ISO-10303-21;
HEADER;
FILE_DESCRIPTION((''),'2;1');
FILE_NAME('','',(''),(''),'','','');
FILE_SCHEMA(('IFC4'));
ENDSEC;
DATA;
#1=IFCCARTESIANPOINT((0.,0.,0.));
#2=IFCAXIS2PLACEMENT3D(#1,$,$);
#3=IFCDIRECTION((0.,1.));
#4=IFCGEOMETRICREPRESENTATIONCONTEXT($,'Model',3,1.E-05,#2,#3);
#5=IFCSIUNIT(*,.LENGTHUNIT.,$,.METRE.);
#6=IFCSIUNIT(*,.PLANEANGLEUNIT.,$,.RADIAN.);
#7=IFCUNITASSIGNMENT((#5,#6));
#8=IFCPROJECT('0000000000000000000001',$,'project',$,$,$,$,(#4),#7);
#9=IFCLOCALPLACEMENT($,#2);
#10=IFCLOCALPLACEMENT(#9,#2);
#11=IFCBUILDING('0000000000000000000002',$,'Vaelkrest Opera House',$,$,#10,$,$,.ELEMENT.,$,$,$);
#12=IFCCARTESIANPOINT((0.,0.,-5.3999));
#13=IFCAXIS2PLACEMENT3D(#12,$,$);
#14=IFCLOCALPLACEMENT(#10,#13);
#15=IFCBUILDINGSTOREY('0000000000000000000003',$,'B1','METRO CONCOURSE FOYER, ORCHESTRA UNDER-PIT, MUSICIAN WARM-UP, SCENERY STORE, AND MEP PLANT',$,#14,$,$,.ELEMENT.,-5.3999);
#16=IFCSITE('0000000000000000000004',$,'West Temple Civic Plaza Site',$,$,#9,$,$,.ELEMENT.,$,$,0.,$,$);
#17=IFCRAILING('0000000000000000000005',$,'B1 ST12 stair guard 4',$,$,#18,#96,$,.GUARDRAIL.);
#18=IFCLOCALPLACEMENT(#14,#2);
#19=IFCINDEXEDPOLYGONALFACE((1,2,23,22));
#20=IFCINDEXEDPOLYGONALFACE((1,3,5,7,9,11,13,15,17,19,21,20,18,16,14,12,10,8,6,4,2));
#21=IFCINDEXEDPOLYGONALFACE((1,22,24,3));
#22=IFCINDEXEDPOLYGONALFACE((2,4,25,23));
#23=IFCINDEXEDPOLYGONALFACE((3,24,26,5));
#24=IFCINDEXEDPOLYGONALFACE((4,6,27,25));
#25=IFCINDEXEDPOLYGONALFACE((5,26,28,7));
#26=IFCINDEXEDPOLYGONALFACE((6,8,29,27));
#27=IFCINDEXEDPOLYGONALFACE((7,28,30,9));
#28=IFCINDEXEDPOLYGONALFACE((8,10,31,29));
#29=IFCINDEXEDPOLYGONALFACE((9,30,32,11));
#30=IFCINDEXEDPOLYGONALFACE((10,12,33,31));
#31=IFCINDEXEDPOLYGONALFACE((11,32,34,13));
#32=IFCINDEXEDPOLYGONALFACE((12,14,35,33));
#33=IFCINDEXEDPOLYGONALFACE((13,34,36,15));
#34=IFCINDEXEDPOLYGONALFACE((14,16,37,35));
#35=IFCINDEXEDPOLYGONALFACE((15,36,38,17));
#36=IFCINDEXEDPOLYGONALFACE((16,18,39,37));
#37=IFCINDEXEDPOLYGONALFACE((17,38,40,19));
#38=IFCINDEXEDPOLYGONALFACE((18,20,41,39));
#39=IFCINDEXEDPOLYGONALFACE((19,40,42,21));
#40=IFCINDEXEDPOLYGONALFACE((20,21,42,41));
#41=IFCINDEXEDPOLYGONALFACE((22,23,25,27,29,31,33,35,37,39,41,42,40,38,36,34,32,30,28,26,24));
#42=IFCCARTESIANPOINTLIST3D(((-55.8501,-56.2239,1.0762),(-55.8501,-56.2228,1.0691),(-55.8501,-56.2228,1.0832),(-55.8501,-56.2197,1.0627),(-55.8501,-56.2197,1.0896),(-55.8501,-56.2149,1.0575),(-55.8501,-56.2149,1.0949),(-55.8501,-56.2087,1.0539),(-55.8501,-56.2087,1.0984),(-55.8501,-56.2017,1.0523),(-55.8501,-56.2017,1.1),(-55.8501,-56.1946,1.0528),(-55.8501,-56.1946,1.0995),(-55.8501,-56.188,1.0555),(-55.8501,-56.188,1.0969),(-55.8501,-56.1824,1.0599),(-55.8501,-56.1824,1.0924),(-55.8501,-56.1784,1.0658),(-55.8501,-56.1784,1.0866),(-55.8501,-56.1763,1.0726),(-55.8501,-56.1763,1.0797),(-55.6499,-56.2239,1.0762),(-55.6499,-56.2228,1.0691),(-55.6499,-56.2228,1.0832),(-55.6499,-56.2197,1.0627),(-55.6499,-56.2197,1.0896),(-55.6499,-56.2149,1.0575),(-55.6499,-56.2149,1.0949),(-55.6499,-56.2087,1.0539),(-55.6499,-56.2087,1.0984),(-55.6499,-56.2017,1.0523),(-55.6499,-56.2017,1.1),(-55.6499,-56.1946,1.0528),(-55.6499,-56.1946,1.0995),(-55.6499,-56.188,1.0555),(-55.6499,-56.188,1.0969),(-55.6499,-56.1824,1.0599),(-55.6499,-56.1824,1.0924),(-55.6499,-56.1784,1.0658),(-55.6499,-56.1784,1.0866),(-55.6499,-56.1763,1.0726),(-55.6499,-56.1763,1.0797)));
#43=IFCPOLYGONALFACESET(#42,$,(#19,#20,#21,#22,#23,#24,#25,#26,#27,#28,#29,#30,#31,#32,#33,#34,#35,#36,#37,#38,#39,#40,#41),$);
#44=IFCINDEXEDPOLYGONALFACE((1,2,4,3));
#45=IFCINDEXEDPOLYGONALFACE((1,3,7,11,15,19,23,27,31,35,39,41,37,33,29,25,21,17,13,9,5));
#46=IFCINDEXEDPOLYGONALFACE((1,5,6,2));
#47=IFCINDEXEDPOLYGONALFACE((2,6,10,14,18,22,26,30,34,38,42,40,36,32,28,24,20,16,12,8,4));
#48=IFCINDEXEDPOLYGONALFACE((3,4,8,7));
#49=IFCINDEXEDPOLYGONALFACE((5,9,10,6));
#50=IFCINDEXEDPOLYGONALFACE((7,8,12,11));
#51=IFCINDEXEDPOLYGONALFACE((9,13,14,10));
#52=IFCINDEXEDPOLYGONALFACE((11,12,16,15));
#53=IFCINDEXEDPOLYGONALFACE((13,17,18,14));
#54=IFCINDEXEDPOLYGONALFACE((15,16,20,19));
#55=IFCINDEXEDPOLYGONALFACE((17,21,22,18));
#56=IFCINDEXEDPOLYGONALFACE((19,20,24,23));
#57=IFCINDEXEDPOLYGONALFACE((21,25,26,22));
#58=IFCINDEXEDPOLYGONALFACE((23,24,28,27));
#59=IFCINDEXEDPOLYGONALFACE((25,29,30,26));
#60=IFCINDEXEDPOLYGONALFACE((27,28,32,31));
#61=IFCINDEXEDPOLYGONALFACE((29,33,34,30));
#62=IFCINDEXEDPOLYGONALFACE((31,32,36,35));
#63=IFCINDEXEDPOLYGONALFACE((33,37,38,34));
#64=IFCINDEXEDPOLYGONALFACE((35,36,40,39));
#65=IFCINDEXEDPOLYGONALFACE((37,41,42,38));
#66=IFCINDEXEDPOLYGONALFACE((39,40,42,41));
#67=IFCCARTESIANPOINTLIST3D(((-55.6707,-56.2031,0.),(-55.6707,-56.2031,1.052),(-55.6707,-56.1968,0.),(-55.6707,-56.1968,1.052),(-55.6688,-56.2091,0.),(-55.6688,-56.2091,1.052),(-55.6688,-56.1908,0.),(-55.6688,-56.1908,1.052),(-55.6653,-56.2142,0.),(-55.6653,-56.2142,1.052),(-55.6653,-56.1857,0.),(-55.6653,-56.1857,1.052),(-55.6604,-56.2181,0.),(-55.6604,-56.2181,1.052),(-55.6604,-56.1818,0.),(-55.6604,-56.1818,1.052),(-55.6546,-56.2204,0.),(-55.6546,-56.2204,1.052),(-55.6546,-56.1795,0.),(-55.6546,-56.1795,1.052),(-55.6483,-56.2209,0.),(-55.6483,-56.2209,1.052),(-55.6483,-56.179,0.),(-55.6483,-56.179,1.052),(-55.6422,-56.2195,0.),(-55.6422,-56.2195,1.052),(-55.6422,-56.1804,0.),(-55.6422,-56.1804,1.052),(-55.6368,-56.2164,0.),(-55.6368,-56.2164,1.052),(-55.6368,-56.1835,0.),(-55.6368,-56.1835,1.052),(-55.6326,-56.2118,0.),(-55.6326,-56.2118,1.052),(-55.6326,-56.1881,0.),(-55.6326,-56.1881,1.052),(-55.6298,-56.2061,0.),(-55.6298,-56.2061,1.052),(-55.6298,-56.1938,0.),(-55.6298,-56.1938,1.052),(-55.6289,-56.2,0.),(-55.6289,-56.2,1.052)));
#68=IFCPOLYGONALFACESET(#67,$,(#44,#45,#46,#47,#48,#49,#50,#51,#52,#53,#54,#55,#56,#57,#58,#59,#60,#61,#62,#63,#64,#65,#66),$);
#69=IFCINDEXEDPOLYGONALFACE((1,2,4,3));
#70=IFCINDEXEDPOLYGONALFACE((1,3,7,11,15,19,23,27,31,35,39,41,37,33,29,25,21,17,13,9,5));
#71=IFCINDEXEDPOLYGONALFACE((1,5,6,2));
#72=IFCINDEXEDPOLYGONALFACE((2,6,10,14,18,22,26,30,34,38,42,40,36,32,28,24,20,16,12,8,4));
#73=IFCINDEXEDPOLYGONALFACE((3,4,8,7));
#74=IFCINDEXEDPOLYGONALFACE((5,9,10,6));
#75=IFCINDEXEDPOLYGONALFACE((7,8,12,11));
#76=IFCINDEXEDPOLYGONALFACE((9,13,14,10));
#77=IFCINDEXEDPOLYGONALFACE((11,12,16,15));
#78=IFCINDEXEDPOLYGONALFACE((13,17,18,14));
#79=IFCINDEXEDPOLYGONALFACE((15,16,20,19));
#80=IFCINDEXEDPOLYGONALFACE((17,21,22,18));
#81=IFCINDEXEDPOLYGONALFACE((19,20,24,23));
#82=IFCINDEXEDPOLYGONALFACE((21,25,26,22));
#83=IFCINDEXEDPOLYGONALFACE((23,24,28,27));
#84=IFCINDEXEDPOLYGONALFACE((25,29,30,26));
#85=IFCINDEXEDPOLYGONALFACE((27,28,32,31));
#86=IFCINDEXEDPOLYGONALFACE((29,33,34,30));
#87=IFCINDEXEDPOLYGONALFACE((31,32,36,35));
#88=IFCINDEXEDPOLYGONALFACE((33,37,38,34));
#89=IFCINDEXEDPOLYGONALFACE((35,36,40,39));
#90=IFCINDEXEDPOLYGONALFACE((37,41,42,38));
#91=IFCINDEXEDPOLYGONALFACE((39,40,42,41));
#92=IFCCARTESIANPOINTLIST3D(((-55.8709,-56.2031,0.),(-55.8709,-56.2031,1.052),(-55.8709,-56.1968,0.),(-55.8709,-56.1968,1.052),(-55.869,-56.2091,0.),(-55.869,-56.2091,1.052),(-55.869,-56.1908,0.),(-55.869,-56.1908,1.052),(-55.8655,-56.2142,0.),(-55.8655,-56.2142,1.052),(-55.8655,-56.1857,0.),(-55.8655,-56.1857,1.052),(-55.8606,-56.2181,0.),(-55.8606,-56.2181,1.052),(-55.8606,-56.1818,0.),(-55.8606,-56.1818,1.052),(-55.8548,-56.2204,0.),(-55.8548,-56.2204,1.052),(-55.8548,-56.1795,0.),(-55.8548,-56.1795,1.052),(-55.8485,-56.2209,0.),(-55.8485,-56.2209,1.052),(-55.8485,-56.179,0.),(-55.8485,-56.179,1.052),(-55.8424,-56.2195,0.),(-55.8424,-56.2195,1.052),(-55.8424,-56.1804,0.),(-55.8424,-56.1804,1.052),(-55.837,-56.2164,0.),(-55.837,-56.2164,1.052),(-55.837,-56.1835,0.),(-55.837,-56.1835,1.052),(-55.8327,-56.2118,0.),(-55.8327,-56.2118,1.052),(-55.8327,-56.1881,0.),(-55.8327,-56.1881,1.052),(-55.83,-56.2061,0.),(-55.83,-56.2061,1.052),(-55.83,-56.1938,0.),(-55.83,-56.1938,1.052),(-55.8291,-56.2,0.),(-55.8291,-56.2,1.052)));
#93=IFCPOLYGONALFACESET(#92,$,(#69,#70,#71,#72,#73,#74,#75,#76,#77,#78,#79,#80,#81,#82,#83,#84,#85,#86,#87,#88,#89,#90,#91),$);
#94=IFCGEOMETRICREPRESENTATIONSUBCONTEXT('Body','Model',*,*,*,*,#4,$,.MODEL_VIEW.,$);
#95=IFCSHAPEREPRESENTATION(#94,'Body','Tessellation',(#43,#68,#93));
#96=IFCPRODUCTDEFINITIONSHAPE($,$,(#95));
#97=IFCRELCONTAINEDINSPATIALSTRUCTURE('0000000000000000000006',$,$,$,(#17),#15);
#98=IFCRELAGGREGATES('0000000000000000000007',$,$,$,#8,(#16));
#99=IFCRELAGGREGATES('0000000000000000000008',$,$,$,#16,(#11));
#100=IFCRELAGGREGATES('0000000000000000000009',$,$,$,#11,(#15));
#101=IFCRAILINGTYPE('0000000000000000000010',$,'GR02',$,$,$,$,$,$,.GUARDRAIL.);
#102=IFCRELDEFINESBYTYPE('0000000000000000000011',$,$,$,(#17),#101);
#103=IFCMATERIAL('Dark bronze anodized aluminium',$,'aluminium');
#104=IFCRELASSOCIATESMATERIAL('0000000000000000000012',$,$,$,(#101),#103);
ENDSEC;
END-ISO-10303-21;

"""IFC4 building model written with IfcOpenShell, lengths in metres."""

from ifc_helpers import new_model, si_unit, direction, frame, origin, origin_2d, place, context, subcontext, project, spatial, circle, extrude, material, type_object, element, save


model = new_model("IFC4")

# Units and contexts
model_context = context("Model", 3, precision=1e-05, world=origin(), true_north=direction((0.0, 1.0)))
body_context = subcontext(model_context, "Body", "Model", "MODEL_VIEW")
ifc_project = project(units=[si_unit("LENGTHUNIT", "METRE"), si_unit("PLANEANGLEUNIT", "RADIAN")], contexts=[model_context])

# Site, building, storey
site_placement = place(None, origin())
site = spatial("IfcSite", under=ifc_project, at=site_placement, Name="West Temple Civic Plaza Site", CompositionType="ELEMENT", RefElevation=0.0)
building_placement = place(site_placement, origin())
building = spatial("IfcBuilding", under=site, at=building_placement, Name="Vaelkrest Opera House", CompositionType="ELEMENT")
storey_placement = place(building_placement, frame((0.0, 0.0, -5.3999)))
storey = spatial("IfcBuildingStorey", under=building, at=storey_placement, Name="B1", Description="METRO CONCOURSE FOYER, ORCHESTRA UNDER-PIT, MUSICIAN WARM-UP, SCENERY STORE, AND MEP PLANT", CompositionType="ELEMENT", Elevation=-5.3999)

# Railing
ifc_material_1 = material(Name="Dark bronze anodized aluminium", Category="aluminium")
railing_type_1 = type_object("IfcRailingType", Name="GR02", PredefinedType="GUARDRAIL", material=ifc_material_1)
railing_1_placement = place(storey_placement, frame((-55.6499, -56.2, 0.0)))
element("IfcRailing", 1, at=railing_1_placement, inside=storey, type_object=railing_type_1, Name="B1 ST12 stair guard 4", PredefinedType="GUARDRAIL", context=body_context, shape_type="SweptSolid", body=[
    extrude(circle(Radius=0.0239, at=origin_2d()), frame((0.0, 0.0, 1.0762), z_axis=(-1.0, 0.0, 0.0), x_axis=(0.0, -1.0, 0.0)), (0.0, 0.0, 1.0), 0.2002),
    extrude(circle(Radius=0.021, at=origin_2d()), origin(), (0.0, 0.0, 1.0), 1.052),
    extrude(circle(Radius=0.021, at=origin_2d()), frame((-0.2002, 0.0, 0.0)), (0.0, 0.0, 1.0), 1.052),
])

save(model, "model.ifc")
